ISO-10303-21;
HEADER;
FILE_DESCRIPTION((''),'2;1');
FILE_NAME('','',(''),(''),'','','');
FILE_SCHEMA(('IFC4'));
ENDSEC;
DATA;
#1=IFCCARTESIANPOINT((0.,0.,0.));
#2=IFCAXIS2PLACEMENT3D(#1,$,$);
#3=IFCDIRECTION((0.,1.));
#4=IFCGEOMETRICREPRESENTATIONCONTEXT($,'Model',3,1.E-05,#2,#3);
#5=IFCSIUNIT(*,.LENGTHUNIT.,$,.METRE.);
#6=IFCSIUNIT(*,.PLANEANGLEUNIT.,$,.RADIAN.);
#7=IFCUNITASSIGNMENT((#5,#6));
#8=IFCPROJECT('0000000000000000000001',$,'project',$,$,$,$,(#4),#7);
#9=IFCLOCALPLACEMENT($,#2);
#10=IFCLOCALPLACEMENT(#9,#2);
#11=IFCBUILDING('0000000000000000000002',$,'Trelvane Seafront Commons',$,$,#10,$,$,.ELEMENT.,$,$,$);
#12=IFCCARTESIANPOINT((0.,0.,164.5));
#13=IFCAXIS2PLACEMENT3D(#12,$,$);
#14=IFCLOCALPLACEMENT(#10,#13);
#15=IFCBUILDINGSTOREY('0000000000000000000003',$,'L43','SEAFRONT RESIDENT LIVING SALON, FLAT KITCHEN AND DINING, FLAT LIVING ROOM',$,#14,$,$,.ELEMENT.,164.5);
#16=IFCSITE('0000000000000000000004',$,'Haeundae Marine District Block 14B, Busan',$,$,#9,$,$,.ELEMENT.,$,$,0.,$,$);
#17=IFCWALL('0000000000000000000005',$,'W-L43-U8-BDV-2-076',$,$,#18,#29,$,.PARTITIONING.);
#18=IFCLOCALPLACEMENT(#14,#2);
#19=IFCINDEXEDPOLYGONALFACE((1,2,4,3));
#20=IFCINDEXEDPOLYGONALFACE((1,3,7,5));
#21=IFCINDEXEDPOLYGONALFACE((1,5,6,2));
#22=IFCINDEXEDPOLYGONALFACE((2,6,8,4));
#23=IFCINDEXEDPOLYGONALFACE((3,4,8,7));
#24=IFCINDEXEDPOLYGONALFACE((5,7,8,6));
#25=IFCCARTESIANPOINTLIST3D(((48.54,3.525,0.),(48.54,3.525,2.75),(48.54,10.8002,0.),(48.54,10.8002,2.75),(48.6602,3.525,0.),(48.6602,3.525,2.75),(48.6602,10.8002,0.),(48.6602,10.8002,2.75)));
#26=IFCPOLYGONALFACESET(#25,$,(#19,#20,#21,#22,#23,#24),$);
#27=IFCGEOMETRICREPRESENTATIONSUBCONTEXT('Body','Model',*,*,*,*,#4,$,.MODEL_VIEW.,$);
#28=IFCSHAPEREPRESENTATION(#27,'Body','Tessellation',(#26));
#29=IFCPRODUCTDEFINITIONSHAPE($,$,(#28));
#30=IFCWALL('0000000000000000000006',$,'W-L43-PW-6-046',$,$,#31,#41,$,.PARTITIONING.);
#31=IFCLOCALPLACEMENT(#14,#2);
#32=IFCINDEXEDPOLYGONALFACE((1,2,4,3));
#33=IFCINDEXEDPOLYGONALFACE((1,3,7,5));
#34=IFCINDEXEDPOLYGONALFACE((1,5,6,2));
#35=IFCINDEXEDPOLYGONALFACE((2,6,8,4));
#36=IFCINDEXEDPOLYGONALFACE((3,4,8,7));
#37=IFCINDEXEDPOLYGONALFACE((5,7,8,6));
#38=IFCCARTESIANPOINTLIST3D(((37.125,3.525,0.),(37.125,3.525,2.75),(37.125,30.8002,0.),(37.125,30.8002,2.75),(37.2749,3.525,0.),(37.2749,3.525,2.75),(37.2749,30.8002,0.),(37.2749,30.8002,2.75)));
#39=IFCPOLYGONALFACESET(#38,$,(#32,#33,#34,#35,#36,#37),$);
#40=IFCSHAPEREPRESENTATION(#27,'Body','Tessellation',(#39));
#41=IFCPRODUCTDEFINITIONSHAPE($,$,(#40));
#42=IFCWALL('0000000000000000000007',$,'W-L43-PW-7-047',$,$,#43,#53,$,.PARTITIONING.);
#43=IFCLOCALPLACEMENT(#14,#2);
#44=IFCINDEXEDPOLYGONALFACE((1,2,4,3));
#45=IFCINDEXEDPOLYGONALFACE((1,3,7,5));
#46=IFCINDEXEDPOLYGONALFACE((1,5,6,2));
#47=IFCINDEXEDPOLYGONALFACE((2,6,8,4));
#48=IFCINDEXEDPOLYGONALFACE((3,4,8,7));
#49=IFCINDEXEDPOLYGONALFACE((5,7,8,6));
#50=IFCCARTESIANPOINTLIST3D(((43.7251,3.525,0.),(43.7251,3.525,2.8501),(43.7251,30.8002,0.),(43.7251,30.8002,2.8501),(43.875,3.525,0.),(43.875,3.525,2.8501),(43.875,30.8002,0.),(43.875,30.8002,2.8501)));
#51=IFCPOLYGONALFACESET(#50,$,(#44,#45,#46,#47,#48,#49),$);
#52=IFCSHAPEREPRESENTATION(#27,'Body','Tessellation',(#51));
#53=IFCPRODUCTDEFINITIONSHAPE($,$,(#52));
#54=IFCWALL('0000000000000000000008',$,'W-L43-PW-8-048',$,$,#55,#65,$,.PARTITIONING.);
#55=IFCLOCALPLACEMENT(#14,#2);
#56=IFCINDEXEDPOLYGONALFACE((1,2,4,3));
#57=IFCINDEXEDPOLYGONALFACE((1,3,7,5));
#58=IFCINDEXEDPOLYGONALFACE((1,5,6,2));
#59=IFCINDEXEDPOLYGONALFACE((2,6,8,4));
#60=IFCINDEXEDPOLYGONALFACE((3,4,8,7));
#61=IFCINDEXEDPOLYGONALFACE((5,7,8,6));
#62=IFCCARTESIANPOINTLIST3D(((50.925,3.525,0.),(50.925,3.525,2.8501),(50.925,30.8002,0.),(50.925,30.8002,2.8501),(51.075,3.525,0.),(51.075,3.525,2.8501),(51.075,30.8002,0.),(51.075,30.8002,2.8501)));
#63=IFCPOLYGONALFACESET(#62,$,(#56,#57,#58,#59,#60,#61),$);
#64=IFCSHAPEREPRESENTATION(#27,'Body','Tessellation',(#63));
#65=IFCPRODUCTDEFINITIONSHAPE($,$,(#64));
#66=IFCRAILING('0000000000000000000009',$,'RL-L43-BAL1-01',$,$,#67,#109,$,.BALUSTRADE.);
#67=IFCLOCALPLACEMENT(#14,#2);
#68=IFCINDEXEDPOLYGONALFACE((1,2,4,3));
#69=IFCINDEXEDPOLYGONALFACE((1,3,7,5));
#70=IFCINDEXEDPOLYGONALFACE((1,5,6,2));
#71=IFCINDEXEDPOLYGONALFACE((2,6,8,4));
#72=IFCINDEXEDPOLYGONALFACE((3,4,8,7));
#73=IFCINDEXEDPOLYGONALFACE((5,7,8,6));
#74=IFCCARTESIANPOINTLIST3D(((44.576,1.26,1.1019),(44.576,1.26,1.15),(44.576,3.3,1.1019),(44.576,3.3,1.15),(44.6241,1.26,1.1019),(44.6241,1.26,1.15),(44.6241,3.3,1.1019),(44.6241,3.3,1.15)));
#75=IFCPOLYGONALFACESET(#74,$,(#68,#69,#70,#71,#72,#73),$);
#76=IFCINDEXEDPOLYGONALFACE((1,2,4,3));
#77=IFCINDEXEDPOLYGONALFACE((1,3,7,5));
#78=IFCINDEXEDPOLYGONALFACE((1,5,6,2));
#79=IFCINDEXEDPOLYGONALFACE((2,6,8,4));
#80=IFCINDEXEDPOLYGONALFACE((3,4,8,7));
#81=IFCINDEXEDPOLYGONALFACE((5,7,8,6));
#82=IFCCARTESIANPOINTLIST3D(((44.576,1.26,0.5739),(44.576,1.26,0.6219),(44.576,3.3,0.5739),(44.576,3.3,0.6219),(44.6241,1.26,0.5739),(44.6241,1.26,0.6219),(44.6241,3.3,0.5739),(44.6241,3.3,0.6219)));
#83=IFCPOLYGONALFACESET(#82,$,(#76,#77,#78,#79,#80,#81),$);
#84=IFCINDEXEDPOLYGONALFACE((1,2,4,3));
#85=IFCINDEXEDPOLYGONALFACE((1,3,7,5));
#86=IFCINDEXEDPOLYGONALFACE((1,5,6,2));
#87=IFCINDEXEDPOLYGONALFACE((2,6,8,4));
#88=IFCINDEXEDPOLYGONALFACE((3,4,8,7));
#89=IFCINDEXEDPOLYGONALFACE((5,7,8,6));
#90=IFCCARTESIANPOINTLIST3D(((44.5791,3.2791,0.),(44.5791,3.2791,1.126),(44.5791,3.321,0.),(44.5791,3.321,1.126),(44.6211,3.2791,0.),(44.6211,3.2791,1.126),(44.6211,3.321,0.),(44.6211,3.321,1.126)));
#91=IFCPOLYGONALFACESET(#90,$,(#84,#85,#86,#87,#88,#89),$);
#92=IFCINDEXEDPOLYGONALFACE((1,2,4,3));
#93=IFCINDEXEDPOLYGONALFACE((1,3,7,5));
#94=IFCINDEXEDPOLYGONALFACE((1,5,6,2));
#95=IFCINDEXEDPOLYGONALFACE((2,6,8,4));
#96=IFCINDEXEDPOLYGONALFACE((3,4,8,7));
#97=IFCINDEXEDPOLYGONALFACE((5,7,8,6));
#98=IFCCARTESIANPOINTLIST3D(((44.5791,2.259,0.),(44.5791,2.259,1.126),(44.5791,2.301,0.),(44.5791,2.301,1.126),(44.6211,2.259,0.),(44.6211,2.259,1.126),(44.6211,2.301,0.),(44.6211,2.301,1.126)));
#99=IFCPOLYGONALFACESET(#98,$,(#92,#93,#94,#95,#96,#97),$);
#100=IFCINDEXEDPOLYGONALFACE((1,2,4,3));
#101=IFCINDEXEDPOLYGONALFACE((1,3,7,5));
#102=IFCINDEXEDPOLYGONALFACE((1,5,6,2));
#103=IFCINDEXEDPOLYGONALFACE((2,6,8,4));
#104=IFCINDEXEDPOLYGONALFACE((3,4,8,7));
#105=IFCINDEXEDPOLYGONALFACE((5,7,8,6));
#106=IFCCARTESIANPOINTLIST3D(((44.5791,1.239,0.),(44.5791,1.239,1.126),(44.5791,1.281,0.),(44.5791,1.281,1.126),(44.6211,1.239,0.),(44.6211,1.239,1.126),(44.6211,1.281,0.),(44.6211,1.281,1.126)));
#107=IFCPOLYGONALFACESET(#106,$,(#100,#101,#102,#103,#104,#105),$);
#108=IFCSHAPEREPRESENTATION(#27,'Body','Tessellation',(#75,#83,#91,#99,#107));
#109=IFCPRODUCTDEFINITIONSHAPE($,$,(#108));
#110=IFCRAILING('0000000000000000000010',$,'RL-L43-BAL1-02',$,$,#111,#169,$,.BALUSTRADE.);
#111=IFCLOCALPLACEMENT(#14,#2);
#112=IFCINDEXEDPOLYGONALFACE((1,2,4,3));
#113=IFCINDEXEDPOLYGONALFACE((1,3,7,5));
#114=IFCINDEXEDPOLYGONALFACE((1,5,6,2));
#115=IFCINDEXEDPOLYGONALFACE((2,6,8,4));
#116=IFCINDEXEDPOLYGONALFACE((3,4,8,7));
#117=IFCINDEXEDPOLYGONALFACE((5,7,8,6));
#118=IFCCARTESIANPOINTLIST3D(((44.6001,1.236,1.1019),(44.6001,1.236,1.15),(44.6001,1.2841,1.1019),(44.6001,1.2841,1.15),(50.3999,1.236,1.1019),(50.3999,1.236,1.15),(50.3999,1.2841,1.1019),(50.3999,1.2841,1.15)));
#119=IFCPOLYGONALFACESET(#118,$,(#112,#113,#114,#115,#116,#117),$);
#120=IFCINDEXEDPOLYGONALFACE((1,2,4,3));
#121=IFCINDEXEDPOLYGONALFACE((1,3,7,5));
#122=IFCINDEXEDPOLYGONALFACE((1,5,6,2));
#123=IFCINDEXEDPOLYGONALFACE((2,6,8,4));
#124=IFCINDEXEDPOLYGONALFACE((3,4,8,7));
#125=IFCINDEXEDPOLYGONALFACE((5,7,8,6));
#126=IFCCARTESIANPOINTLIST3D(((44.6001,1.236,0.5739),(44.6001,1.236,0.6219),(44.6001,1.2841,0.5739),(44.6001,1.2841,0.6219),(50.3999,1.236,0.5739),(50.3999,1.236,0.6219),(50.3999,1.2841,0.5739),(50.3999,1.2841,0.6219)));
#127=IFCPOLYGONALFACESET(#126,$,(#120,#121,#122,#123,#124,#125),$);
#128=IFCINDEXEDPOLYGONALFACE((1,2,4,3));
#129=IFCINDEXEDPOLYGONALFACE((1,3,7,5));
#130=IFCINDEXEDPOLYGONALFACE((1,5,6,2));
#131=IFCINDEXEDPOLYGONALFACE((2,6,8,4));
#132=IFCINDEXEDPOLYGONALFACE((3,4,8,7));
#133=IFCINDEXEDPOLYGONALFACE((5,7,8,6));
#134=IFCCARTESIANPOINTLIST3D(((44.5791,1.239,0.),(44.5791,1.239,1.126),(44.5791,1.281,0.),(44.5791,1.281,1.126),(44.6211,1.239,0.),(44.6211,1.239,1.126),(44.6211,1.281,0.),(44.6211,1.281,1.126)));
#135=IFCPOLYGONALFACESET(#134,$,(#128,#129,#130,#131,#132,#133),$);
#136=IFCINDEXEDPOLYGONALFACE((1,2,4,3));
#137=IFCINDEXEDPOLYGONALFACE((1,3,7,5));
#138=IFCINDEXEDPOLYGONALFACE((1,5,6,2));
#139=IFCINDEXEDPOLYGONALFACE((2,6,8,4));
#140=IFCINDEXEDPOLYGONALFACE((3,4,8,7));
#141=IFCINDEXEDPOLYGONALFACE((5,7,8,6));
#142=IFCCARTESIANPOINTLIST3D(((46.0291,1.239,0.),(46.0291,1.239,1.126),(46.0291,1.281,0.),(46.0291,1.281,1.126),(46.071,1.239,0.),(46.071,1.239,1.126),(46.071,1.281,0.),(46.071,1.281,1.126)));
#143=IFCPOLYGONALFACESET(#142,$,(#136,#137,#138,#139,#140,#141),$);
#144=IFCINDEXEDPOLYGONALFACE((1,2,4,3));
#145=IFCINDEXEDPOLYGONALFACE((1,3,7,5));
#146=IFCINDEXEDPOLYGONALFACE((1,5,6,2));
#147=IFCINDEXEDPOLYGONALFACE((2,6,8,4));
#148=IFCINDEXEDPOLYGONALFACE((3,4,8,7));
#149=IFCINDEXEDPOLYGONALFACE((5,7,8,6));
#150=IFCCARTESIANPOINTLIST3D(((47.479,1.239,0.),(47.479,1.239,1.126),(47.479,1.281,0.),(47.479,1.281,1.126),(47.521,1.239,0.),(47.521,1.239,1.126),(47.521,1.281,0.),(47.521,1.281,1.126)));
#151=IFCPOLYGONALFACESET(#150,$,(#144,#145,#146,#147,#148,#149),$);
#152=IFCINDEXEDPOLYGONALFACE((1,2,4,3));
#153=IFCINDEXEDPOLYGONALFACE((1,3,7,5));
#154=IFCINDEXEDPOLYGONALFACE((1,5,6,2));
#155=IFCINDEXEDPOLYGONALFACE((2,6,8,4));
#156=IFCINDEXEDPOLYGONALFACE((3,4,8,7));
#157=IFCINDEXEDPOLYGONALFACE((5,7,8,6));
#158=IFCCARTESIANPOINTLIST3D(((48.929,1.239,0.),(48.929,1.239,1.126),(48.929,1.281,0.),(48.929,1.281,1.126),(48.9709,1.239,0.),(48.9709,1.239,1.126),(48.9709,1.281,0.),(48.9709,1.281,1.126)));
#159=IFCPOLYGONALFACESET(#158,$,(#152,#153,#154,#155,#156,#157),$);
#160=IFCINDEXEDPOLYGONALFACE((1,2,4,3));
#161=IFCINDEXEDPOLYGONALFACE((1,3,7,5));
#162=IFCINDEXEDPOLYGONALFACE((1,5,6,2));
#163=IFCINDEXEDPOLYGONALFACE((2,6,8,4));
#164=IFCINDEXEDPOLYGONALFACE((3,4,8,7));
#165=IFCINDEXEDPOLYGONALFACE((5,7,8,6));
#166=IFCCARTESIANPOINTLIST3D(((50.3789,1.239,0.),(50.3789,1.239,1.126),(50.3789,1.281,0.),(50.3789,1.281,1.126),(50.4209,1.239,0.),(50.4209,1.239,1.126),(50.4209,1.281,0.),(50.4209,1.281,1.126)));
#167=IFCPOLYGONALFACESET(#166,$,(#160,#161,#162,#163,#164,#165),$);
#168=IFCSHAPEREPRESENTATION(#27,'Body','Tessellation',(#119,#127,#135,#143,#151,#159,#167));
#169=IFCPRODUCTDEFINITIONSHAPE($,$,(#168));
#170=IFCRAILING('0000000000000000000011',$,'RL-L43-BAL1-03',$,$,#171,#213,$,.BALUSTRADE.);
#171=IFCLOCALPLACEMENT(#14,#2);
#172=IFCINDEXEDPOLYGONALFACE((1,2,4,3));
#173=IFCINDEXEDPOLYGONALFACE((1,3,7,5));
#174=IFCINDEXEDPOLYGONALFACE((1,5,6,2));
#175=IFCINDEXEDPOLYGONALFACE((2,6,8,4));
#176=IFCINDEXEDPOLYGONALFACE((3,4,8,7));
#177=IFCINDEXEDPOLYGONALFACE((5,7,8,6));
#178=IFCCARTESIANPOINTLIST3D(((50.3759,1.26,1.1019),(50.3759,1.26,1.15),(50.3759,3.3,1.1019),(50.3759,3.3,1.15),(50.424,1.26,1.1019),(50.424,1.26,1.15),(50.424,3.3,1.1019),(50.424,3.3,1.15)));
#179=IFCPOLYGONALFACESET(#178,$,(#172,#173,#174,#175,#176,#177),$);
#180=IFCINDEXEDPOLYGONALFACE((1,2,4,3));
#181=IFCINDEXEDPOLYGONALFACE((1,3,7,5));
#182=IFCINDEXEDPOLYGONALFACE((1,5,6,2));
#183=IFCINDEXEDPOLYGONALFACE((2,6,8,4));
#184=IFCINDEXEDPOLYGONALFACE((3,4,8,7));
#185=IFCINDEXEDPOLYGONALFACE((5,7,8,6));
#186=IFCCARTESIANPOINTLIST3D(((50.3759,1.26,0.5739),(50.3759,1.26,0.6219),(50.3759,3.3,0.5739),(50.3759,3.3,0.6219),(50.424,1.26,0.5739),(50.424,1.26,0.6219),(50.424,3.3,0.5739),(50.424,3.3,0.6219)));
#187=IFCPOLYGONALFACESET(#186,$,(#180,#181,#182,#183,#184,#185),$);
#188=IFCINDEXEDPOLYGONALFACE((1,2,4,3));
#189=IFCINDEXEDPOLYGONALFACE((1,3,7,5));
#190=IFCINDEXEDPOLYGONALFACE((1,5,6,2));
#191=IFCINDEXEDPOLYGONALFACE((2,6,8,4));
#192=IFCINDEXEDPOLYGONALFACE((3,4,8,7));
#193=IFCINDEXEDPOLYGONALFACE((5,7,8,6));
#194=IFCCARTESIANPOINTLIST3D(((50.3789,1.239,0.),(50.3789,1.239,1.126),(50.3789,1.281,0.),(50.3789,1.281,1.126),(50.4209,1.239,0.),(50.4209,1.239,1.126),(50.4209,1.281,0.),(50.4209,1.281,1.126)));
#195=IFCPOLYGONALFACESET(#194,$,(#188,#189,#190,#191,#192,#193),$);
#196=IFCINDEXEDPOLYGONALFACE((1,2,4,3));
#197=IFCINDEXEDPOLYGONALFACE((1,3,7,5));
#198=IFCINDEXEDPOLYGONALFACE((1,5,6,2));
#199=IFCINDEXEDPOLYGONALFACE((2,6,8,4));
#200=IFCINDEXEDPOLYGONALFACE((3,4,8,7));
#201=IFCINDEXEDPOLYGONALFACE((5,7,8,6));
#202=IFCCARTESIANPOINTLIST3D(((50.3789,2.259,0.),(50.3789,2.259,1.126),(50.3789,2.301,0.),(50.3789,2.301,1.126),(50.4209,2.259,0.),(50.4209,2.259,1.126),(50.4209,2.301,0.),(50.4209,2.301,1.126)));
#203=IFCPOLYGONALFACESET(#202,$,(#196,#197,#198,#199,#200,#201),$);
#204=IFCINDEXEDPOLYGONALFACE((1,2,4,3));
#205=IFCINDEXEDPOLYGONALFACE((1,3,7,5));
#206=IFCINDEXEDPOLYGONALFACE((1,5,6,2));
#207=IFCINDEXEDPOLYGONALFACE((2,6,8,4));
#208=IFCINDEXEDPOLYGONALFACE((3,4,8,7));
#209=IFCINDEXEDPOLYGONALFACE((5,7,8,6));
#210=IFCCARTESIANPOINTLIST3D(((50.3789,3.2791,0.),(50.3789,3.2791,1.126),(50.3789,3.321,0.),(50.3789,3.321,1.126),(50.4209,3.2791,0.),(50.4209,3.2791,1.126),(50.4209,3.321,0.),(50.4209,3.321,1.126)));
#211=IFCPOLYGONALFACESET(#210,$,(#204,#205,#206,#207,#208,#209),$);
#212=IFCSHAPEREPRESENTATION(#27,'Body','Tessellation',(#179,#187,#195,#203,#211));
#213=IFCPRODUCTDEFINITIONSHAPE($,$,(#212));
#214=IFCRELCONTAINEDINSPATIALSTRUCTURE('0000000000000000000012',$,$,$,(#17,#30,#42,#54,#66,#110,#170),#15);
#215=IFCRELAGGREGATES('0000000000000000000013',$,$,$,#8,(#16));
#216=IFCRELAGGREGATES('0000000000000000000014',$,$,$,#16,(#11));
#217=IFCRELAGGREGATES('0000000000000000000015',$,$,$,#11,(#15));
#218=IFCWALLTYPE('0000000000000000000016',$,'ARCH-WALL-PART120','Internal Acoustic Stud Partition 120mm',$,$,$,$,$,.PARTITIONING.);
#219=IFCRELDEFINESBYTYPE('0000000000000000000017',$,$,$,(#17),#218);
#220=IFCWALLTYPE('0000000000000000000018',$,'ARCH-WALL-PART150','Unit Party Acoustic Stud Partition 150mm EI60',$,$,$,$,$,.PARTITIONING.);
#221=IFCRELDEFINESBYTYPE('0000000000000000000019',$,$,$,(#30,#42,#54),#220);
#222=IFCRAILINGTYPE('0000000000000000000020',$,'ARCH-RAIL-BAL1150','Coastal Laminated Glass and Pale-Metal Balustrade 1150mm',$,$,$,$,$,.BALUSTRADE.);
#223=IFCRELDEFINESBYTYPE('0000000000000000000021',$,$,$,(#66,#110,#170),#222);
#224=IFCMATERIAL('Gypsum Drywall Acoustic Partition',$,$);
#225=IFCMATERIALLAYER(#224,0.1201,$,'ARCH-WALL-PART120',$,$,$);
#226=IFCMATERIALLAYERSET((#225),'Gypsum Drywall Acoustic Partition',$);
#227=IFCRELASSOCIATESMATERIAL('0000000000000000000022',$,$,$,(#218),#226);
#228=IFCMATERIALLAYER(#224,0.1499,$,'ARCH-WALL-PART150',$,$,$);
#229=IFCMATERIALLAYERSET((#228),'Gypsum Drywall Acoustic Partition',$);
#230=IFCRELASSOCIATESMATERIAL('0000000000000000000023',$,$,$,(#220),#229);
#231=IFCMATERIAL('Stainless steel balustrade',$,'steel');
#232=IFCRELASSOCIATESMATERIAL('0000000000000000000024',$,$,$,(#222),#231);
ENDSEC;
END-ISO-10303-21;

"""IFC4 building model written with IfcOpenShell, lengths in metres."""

from ifc_helpers import new_model, si_unit, direction, frame, frame_2d, origin, origin_2d, place, context, subcontext, project, spatial, rectangle, extrude, material, layer, layer_set, type_object, element, save


model = new_model("IFC4")

# Units and contexts
model_context = context("Model", 3, precision=1e-05, world=origin(), true_north=direction((0.0, 1.0)))
body_context = subcontext(model_context, "Body", "Model", "MODEL_VIEW")
ifc_project = project(units=[si_unit("LENGTHUNIT", "METRE"), si_unit("PLANEANGLEUNIT", "RADIAN")], contexts=[model_context])

# Site, building, storey
site_placement = place(None, origin())
site = spatial("IfcSite", under=ifc_project, at=site_placement, Name="Haeundae Marine District Block 14B, Busan", CompositionType="ELEMENT", RefElevation=0.0)
building_placement = place(site_placement, origin())
building = spatial("IfcBuilding", under=site, at=building_placement, Name="Trelvane Seafront Commons", CompositionType="ELEMENT")
storey_placement = place(building_placement, frame((0.0, 0.0, 164.5)))
storey = spatial("IfcBuildingStorey", under=building, at=storey_placement, Name="L43", Description="SEAFRONT RESIDENT LIVING SALON, FLAT KITCHEN AND DINING, FLAT LIVING ROOM", CompositionType="ELEMENT", Elevation=164.5)

# Shared definitions
ifc_material_1 = material(Name="Gypsum Drywall Acoustic Partition")
ifc_layer_1 = layer(ifc_material_1, 0.1201, Name="ARCH-WALL-PART120")
ifc_layer_set_1 = layer_set([ifc_layer_1], Name="Gypsum Drywall Acoustic Partition")
wall_type_1 = type_object("IfcWallType", Name="ARCH-WALL-PART120", Description="Internal Acoustic Stud Partition 120mm", PredefinedType="PARTITIONING", material=ifc_layer_set_1)

# Walls
wall_1_placement = place(storey_placement, frame((48.6001, 3.5249, 0.0), z_axis=(0.0, 0.0, 1.0), x_axis=(0.0, 1.0, 0.0)))
element("IfcWall", 1, at=wall_1_placement, inside=storey, type_object=wall_type_1, Name="W-L43-U8-BDV-2-076", PredefinedType="PARTITIONING", context=body_context, shape_type="SweptSolid", body=[
    extrude(rectangle(XDim=7.2751, YDim=0.1201, at=frame_2d((3.6377, 0.0))), origin(), (0.0, 0.0, 1.0), 2.75),
])
ifc_layer_2 = layer(ifc_material_1, 0.1499, Name="ARCH-WALL-PART150")
ifc_layer_set_2 = layer_set([ifc_layer_2], Name="Gypsum Drywall Acoustic Partition")
wall_type_2 = type_object("IfcWallType", Name="ARCH-WALL-PART150", Description="Unit Party Acoustic Stud Partition 150mm EI60", PredefinedType="PARTITIONING", material=ifc_layer_set_2)
wall_2_placement = place(storey_placement, frame((37.2, 3.5249, 0.0), z_axis=(0.0, 0.0, 1.0), x_axis=(0.0, 1.0, 0.0)))
element("IfcWall", 2, at=wall_2_placement, inside=storey, type_object=wall_type_2, Name="W-L43-PW-6-046", PredefinedType="PARTITIONING", context=body_context, shape_type="SweptSolid", body=[
    extrude(rectangle(XDim=27.2751, YDim=0.1499, at=frame_2d((13.6377, 0.0))), origin(), (0.0, 0.0, 1.0), 2.75),
])
for number, where, z_axis, x_axis, name in (
    (3, (43.8, 3.5249, 0.0), (0.0, 0.0, 1.0), (0.0, 1.0, 0.0), "W-L43-PW-7-047"),
    (4, (51.0, 3.5249, 0.0), (0.0, 0.0, 1.0), (0.0, 1.0, 0.0), "W-L43-PW-8-048"),
):
    element("IfcWall", number, at=place(storey_placement, frame(where, z_axis=z_axis, x_axis=x_axis)), inside=storey, type_object=wall_type_2, Name=name, PredefinedType="PARTITIONING", context=body_context, shape_type="SweptSolid", body=[
        extrude(rectangle(XDim=27.2751, YDim=0.1499, at=frame_2d((13.6377, 0.0))), origin(), (0.0, 0.0, 1.0), 2.8501),
    ])

# Railings
ifc_material_2 = material(Name="Stainless steel balustrade", Category="steel")
railing_type = type_object("IfcRailingType", Name="ARCH-RAIL-BAL1150", Description="Coastal Laminated Glass and Pale-Metal Balustrade 1150mm", PredefinedType="BALUSTRADE", material=ifc_material_2)
railing_1_placement = place(storey_placement, frame((44.6001, 3.3, 0.0)))
element("IfcRailing", 5, at=railing_1_placement, inside=storey, type_object=railing_type, Name="RL-L43-BAL1-01", PredefinedType="BALUSTRADE", context=body_context, shape_type="SweptSolid", body=[
    extrude(rectangle(XDim=0.0481, YDim=0.0481, at=origin_2d()), frame((0.0, 0.0, 1.126), z_axis=(0.0, -1.0, 0.0), x_axis=(1.0, 0.0, 0.0)), (0.0, 0.0, 1.0), 2.04),
    extrude(rectangle(XDim=0.0481, YDim=0.0481, at=origin_2d()), frame((0.0, 0.0, 0.5979), z_axis=(0.0, -1.0, 0.0), x_axis=(1.0, 0.0, 0.0)), (0.0, 0.0, 1.0), 2.04),
    extrude(rectangle(XDim=0.042, YDim=0.042, at=origin_2d()), origin(), (0.0, 0.0, 1.0), 1.126),
    extrude(rectangle(XDim=0.042, YDim=0.042, at=origin_2d()), frame((0.0, -1.02, 0.0)), (0.0, 0.0, 1.0), 1.126),
    extrude(rectangle(XDim=0.042, YDim=0.042, at=origin_2d()), frame((0.0, -2.04, 0.0)), (0.0, 0.0, 1.0), 1.126),
])
railing_2_placement = place(storey_placement, frame((44.6001, 1.26, 0.0)))
element("IfcRailing", 6, at=railing_2_placement, inside=storey, type_object=railing_type, Name="RL-L43-BAL1-02", PredefinedType="BALUSTRADE", context=body_context, shape_type="SweptSolid", body=[
    extrude(rectangle(XDim=0.0481, YDim=0.0481, at=origin_2d()), frame((0.0, 0.0, 1.126), z_axis=(1.0, 0.0, 0.0), x_axis=(0.0, 1.0, 0.0)), (0.0, 0.0, 1.0), 5.7998),
    extrude(rectangle(XDim=0.0481, YDim=0.0481, at=origin_2d()), frame((0.0, 0.0, 0.5979), z_axis=(1.0, 0.0, 0.0), x_axis=(0.0, 1.0, 0.0)), (0.0, 0.0, 1.0), 5.7998),
    extrude(rectangle(XDim=0.042, YDim=0.042, at=origin_2d()), origin(), (0.0, 0.0, 1.0), 1.126),
    extrude(rectangle(XDim=0.042, YDim=0.042, at=origin_2d()), frame((1.45, 0.0, 0.0)), (0.0, 0.0, 1.0), 1.126),
    extrude(rectangle(XDim=0.042, YDim=0.042, at=origin_2d()), frame((2.8999, 0.0, 0.0)), (0.0, 0.0, 1.0), 1.126),
    extrude(rectangle(XDim=0.042, YDim=0.042, at=origin_2d()), frame((4.3499, 0.0, 0.0)), (0.0, 0.0, 1.0), 1.126),
    extrude(rectangle(XDim=0.042, YDim=0.042, at=origin_2d()), frame((5.7998, 0.0, 0.0)), (0.0, 0.0, 1.0), 1.126),
])
railing_3_placement = place(storey_placement, frame((50.3999, 1.26, 0.0)))
element("IfcRailing", 7, at=railing_3_placement, inside=storey, type_object=railing_type, Name="RL-L43-BAL1-03", PredefinedType="BALUSTRADE", context=body_context, shape_type="SweptSolid", body=[
    extrude(rectangle(XDim=0.0481, YDim=0.0481, at=origin_2d()), frame((0.0, 0.0, 1.126), z_axis=(0.0, 1.0, 0.0), x_axis=(-1.0, 0.0, 0.0)), (0.0, 0.0, 1.0), 2.04),
    extrude(rectangle(XDim=0.0481, YDim=0.0481, at=origin_2d()), frame((0.0, 0.0, 0.5979), z_axis=(0.0, 1.0, 0.0), x_axis=(-1.0, 0.0, 0.0)), (0.0, 0.0, 1.0), 2.04),
    extrude(rectangle(XDim=0.042, YDim=0.042, at=origin_2d()), origin(), (0.0, 0.0, 1.0), 1.126),
    extrude(rectangle(XDim=0.042, YDim=0.042, at=origin_2d()), frame((0.0, 1.02, 0.0)), (0.0, 0.0, 1.0), 1.126),
    extrude(rectangle(XDim=0.042, YDim=0.042, at=origin_2d()), frame((0.0, 2.04, 0.0)), (0.0, 0.0, 1.0), 1.126),
])

save(model, "model.ifc")
